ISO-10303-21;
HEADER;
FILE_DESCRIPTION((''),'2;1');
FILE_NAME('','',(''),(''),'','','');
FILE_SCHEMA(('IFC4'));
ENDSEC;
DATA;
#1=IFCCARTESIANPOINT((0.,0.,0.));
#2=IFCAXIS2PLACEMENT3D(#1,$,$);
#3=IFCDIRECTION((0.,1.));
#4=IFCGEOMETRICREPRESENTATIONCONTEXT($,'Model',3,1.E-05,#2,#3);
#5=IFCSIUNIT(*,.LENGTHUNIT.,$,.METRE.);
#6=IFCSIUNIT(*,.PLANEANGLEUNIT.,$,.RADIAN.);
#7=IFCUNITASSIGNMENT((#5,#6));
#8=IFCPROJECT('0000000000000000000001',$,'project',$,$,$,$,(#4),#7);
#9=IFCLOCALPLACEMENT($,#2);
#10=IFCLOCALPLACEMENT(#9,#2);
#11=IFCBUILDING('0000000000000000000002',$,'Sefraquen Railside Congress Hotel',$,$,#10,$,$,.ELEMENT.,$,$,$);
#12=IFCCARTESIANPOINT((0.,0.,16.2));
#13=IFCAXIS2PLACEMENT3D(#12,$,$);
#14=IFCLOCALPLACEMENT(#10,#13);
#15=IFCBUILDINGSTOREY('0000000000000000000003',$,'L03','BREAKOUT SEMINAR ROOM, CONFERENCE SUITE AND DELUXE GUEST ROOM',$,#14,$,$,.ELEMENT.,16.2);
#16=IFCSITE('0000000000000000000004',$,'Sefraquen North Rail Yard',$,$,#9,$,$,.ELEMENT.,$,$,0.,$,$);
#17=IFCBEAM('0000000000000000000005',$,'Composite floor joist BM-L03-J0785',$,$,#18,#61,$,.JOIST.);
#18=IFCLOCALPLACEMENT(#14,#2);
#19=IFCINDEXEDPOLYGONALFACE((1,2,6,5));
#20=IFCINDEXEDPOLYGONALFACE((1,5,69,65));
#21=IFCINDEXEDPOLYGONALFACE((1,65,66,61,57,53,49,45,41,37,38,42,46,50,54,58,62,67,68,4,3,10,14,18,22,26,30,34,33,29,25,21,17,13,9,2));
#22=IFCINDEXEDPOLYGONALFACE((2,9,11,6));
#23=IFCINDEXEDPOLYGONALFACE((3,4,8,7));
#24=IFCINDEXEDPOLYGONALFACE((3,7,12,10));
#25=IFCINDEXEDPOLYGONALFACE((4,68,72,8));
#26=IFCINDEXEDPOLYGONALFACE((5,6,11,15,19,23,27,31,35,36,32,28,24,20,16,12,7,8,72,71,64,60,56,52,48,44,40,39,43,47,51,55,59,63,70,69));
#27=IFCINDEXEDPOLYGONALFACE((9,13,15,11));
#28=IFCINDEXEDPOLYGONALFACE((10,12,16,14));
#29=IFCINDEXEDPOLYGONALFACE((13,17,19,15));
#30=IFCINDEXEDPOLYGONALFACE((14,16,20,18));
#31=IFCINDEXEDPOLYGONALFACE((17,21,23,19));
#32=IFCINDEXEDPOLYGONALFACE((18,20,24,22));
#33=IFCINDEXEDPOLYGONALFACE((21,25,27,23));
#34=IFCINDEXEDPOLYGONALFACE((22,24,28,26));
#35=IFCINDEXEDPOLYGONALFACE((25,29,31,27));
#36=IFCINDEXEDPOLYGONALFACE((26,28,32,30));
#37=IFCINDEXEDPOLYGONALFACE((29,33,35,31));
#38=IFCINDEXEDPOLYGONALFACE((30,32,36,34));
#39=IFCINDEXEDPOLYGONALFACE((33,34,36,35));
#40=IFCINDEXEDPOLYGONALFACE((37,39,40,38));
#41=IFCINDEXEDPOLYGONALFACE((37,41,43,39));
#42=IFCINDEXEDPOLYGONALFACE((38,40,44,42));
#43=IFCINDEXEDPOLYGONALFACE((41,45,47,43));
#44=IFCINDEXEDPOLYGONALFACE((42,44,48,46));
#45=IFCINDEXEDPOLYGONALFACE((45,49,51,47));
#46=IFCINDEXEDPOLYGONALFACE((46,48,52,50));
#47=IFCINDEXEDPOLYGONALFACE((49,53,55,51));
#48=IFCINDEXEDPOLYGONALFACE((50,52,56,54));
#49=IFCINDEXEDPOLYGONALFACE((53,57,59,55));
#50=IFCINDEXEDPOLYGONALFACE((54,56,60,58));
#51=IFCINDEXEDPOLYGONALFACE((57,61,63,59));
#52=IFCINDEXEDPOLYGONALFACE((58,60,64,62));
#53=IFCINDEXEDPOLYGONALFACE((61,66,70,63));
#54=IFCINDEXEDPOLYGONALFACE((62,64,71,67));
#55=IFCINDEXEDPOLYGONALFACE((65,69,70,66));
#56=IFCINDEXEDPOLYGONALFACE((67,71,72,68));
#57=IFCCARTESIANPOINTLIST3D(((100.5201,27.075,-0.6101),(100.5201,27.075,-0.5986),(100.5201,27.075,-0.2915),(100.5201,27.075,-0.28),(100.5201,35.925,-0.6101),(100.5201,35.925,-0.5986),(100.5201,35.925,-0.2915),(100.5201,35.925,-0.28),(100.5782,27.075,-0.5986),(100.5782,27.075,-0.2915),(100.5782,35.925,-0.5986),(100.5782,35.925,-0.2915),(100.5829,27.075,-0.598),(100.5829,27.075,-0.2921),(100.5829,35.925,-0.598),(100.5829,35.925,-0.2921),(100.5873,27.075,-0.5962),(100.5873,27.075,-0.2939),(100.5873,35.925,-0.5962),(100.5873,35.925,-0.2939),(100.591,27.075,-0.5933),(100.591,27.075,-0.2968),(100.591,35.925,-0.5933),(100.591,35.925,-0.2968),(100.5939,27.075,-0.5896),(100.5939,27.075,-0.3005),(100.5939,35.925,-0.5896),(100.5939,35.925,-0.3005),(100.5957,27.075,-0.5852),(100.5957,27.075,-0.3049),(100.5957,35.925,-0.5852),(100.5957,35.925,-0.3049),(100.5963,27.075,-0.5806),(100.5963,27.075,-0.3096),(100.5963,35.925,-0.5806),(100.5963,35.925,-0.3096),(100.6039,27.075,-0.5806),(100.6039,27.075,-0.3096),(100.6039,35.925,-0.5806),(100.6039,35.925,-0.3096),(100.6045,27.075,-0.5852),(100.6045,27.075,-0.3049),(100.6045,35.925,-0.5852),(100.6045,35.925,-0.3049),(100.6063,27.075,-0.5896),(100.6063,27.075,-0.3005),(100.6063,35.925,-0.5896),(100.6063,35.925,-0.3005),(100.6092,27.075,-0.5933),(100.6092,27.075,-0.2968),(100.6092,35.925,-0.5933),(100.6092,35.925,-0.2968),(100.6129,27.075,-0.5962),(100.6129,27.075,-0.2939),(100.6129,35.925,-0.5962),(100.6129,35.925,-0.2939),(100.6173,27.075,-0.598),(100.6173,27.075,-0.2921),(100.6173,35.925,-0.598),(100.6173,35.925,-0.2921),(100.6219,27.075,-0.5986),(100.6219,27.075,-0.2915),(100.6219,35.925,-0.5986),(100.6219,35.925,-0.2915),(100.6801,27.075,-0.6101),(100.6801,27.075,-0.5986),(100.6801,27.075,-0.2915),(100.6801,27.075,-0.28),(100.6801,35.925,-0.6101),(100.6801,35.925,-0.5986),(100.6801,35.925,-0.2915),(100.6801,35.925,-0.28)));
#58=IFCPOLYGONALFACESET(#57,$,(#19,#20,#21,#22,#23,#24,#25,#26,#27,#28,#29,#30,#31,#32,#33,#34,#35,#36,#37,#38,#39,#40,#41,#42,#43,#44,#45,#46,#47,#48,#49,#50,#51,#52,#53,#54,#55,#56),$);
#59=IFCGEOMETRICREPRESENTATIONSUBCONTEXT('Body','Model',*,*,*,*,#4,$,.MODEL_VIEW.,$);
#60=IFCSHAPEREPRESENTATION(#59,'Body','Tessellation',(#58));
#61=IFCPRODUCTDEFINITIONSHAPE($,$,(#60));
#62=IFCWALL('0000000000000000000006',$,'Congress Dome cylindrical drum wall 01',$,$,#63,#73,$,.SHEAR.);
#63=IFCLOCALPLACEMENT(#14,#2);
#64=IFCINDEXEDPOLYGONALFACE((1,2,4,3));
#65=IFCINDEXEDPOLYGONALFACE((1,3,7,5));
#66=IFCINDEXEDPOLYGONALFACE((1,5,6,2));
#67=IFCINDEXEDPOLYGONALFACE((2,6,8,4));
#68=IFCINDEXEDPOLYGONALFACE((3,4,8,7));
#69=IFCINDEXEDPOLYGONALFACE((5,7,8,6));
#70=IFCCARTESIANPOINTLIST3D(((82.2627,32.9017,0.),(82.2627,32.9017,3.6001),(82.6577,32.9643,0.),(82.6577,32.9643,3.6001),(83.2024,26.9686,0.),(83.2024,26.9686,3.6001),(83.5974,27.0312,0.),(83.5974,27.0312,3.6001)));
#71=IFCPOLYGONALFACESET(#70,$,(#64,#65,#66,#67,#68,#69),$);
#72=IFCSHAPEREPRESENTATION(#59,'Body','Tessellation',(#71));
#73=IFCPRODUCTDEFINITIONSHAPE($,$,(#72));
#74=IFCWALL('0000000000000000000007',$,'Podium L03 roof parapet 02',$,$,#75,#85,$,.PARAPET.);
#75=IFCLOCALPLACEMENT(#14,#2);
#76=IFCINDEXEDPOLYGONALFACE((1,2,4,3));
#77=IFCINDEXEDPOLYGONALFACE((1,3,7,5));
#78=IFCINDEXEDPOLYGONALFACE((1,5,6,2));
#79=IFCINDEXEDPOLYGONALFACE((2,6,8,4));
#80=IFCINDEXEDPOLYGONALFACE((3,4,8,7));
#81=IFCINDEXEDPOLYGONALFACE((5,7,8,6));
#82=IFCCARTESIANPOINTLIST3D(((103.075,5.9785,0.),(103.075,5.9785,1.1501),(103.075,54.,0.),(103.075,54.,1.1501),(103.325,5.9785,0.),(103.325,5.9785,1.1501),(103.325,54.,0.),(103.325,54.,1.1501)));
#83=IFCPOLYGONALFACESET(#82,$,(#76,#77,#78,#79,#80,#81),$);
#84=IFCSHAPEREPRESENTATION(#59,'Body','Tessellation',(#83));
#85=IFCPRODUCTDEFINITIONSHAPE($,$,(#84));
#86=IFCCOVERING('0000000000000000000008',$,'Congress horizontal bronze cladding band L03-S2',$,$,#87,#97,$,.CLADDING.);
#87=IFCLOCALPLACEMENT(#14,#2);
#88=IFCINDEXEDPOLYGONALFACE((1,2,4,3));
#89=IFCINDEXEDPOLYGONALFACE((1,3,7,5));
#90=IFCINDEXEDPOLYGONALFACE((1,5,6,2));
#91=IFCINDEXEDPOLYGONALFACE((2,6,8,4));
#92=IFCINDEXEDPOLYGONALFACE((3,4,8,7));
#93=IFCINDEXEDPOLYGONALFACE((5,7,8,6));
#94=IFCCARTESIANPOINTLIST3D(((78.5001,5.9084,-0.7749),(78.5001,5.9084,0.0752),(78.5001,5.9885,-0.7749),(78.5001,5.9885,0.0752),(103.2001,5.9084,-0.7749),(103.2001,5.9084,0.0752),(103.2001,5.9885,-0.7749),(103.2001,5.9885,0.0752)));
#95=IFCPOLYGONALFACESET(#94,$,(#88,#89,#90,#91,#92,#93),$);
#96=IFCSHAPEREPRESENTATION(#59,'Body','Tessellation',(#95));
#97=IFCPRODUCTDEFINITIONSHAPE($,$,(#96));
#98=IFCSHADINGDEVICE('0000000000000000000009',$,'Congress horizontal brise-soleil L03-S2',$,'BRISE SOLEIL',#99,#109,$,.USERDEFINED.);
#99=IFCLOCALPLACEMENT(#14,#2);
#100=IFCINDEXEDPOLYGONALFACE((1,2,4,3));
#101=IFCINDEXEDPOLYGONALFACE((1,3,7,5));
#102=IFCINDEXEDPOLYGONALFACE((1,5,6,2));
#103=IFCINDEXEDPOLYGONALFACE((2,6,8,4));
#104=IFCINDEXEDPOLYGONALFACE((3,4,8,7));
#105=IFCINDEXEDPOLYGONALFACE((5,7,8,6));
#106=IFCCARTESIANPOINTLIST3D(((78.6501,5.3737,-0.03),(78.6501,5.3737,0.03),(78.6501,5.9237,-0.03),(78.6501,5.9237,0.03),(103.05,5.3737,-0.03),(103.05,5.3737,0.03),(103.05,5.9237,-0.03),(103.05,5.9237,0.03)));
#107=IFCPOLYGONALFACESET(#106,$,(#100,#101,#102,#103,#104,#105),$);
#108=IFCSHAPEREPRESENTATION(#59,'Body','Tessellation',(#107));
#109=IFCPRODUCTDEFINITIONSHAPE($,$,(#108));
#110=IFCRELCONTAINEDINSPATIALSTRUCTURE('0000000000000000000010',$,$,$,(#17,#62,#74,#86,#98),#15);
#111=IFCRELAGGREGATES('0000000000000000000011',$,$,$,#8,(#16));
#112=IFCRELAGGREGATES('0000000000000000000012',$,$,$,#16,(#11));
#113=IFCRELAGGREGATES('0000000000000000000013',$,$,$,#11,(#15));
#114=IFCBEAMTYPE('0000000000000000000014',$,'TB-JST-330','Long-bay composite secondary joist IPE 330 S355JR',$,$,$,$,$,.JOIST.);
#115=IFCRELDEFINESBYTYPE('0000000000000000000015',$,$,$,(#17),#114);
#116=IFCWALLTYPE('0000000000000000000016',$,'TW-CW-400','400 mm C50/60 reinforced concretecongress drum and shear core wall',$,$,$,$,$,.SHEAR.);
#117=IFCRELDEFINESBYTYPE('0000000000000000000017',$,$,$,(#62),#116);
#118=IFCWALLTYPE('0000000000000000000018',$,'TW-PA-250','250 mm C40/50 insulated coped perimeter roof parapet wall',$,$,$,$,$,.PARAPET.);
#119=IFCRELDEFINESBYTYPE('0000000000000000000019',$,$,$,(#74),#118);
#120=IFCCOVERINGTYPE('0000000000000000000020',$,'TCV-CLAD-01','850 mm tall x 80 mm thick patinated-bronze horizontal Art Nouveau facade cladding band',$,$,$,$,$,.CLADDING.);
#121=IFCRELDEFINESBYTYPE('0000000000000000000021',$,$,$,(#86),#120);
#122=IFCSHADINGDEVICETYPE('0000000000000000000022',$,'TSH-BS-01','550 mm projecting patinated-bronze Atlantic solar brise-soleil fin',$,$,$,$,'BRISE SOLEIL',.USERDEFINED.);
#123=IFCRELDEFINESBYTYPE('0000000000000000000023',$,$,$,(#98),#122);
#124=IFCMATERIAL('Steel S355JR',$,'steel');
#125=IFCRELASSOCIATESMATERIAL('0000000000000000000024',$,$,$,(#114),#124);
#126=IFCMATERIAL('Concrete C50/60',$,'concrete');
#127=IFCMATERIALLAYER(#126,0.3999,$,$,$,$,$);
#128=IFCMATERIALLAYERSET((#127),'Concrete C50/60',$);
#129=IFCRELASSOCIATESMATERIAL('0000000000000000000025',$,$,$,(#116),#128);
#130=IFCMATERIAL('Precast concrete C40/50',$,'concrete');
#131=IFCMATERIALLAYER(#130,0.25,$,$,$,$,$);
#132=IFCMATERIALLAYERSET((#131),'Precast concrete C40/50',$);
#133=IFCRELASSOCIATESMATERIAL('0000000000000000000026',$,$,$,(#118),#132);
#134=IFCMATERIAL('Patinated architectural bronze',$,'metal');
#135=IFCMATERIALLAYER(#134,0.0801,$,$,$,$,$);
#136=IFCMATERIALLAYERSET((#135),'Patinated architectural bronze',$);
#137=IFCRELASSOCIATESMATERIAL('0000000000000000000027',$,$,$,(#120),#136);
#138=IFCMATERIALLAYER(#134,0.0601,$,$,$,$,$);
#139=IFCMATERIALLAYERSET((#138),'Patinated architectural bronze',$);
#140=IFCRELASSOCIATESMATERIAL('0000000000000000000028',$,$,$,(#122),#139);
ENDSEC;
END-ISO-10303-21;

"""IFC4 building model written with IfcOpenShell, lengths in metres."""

from ifc_helpers import new_model, si_unit, direction, frame, frame_2d, origin, origin_2d, place, context, subcontext, project, spatial, rectangle, i_section, extrude, material, layer, layer_set, material_profile, profile_set, type_object, element, save


model = new_model("IFC4")

# Units and contexts
model_context = context("Model", 3, precision=1e-05, world=origin(), true_north=direction((0.0, 1.0)))
body_context = subcontext(model_context, "Body", "Model", "MODEL_VIEW")
ifc_project = project(units=[si_unit("LENGTHUNIT", "METRE"), si_unit("PLANEANGLEUNIT", "RADIAN")], contexts=[model_context])

# Site, building, storey
site_placement = place(None, origin())
site = spatial("IfcSite", under=ifc_project, at=site_placement, Name="Sefraquen North Rail Yard", CompositionType="ELEMENT", RefElevation=0.0)
building_placement = place(site_placement, origin())
building = spatial("IfcBuilding", under=site, at=building_placement, Name="Sefraquen Railside Congress Hotel", CompositionType="ELEMENT")
storey_placement = place(building_placement, frame((0.0, 0.0, 16.2)))
storey = spatial("IfcBuildingStorey", under=building, at=storey_placement, Name="L03", Description="BREAKOUT SEMINAR ROOM, CONFERENCE SUITE AND DELUXE GUEST ROOM", CompositionType="ELEMENT", Elevation=16.2)

# Beam
ifc_material_1 = material(Name="Steel S355JR", Category="steel")
ifc_material_profile_1 = material_profile(ifc_material_1, i_section(OverallWidth=0.1599, OverallDepth=0.3301, WebThickness=0.0076, FlangeThickness=0.0115, FilletRadius=0.0181, at=origin_2d()), Name="IPE 330")
ifc_profile_set_1 = profile_set([ifc_material_profile_1], Name="Steel S355JR")
beam_type_1 = type_object("IfcBeamType", Name="TB-JST-330", Description="Long-bay composite secondary joist IPE 330 S355JR", PredefinedType="JOIST", material=ifc_profile_set_1)
for number, where, z_axis, x_axis, name in (
    (1, (100.6001, 27.075, -0.4451), (0.0, 1.0, 0.0), (-1.0, 0.0, 0.0), "Composite floor joist BM-L03-J0785"),
):
    element("IfcBeam", number, at=place(storey_placement, frame(where, z_axis=z_axis, x_axis=x_axis)), inside=storey, type_object=beam_type_1, Name=name, PredefinedType="JOIST", context=body_context, shape_type="SweptSolid", body=[
        extrude(i_section(OverallWidth=0.1599, OverallDepth=0.3301, WebThickness=0.0076, FlangeThickness=0.0115, FilletRadius=0.0181, at=origin_2d()), origin(), (0.0, 0.0, 1.0), 8.8501),
    ])

# Walls
ifc_material_2 = material(Name="Concrete C50/60", Category="concrete")
ifc_layer_1 = layer(ifc_material_2, 0.3999)
ifc_layer_set_1 = layer_set([ifc_layer_1], Name="Concrete C50/60")
wall_type_1 = type_object("IfcWallType", Name="TW-CW-400", Description="400 mm C50/60 reinforced concretecongress drum and shear core wall", PredefinedType="SHEAR", material=ifc_layer_set_1)
wall_1_placement = place(storey_placement, frame((83.3999, 27.0, 0.0), z_axis=(0.0, 0.0, 1.0), x_axis=(-0.156432, 0.987689, 0.0)))
element("IfcWall", 2, at=wall_1_placement, inside=storey, type_object=wall_type_1, Name="Congress Dome cylindrical drum wall 01", PredefinedType="SHEAR", context=body_context, shape_type="SweptSolid", body=[
    extrude(rectangle(XDim=6.0071, YDim=0.3999, at=frame_2d((3.0034, 0.0))), origin(), (0.0, 0.0, 1.0), 3.6001),
])
ifc_material_3 = material(Name="Precast concrete C40/50", Category="concrete")
ifc_layer_2 = layer(ifc_material_3, 0.25)
ifc_layer_set_2 = layer_set([ifc_layer_2], Name="Precast concrete C40/50")
wall_type_2 = type_object("IfcWallType", Name="TW-PA-250", Description="250 mm C40/50 insulated coped perimeter roof parapet wall", PredefinedType="PARAPET", material=ifc_layer_set_2)
wall_2_placement = place(storey_placement, frame((103.2, 5.9785, 0.0), z_axis=(0.0, 0.0, 1.0), x_axis=(0.0, 1.0, 0.0)))
element("IfcWall", 3, at=wall_2_placement, inside=storey, type_object=wall_type_2, Name="Podium L03 roof parapet 02", PredefinedType="PARAPET", context=body_context, shape_type="SweptSolid", body=[
    extrude(rectangle(XDim=48.0215, YDim=0.25, at=frame_2d((24.0107, 0.0))), origin(), (0.0, 0.0, 1.0), 1.1501),
])

# Covering
ifc_material_4 = material(Name="Patinated architectural bronze", Category="metal")
ifc_layer_3 = layer(ifc_material_4, 0.0801)
ifc_layer_set_3 = layer_set([ifc_layer_3], Name="Patinated architectural bronze")
covering_type = type_object("IfcCoveringType", Name="TCV-CLAD-01", Description="850 mm tall x 80 mm thick patinated-bronze horizontal Art Nouveau facade cladding band", PredefinedType="CLADDING", material=ifc_layer_set_3)
covering_placement = place(storey_placement, frame((90.8501, 5.9485, -0.7749), z_axis=(0.0, 0.0, 1.0), x_axis=(1.0, 0.0, 0.0)))
element("IfcCovering", 4, at=covering_placement, inside=storey, type_object=covering_type, Name="Congress horizontal bronze cladding band L03-S2", PredefinedType="CLADDING", context=body_context, shape_type="SweptSolid", body=[
    extrude(rectangle(XDim=24.7, YDim=0.0801, at=origin_2d()), origin(), (0.0, 0.0, 1.0), 0.8501),
])

# Shading device
ifc_layer_4 = layer(ifc_material_4, 0.0601)
ifc_layer_set_4 = layer_set([ifc_layer_4], Name="Patinated architectural bronze")
shading_device_type = type_object("IfcShadingDeviceType", Name="TSH-BS-01", Description="550 mm projecting patinated-bronze Atlantic solar brise-soleil fin", ElementType="BRISE SOLEIL", PredefinedType="USERDEFINED", material=ifc_layer_set_4)
shading_device_placement = place(storey_placement, frame((90.8501, 5.6487, -0.03), z_axis=(0.0, 0.0, 1.0), x_axis=(1.0, 0.0, 0.0)))
element("IfcShadingDevice", 5, at=shading_device_placement, inside=storey, type_object=shading_device_type, Name="Congress horizontal brise-soleil L03-S2", ObjectType="BRISE SOLEIL", PredefinedType="USERDEFINED", context=body_context, shape_type="SweptSolid", body=[
    extrude(rectangle(XDim=24.3999, YDim=0.55, at=origin_2d()), origin(), (0.0, 0.0, 1.0), 0.0601),
])

save(model, "model.ifc")
